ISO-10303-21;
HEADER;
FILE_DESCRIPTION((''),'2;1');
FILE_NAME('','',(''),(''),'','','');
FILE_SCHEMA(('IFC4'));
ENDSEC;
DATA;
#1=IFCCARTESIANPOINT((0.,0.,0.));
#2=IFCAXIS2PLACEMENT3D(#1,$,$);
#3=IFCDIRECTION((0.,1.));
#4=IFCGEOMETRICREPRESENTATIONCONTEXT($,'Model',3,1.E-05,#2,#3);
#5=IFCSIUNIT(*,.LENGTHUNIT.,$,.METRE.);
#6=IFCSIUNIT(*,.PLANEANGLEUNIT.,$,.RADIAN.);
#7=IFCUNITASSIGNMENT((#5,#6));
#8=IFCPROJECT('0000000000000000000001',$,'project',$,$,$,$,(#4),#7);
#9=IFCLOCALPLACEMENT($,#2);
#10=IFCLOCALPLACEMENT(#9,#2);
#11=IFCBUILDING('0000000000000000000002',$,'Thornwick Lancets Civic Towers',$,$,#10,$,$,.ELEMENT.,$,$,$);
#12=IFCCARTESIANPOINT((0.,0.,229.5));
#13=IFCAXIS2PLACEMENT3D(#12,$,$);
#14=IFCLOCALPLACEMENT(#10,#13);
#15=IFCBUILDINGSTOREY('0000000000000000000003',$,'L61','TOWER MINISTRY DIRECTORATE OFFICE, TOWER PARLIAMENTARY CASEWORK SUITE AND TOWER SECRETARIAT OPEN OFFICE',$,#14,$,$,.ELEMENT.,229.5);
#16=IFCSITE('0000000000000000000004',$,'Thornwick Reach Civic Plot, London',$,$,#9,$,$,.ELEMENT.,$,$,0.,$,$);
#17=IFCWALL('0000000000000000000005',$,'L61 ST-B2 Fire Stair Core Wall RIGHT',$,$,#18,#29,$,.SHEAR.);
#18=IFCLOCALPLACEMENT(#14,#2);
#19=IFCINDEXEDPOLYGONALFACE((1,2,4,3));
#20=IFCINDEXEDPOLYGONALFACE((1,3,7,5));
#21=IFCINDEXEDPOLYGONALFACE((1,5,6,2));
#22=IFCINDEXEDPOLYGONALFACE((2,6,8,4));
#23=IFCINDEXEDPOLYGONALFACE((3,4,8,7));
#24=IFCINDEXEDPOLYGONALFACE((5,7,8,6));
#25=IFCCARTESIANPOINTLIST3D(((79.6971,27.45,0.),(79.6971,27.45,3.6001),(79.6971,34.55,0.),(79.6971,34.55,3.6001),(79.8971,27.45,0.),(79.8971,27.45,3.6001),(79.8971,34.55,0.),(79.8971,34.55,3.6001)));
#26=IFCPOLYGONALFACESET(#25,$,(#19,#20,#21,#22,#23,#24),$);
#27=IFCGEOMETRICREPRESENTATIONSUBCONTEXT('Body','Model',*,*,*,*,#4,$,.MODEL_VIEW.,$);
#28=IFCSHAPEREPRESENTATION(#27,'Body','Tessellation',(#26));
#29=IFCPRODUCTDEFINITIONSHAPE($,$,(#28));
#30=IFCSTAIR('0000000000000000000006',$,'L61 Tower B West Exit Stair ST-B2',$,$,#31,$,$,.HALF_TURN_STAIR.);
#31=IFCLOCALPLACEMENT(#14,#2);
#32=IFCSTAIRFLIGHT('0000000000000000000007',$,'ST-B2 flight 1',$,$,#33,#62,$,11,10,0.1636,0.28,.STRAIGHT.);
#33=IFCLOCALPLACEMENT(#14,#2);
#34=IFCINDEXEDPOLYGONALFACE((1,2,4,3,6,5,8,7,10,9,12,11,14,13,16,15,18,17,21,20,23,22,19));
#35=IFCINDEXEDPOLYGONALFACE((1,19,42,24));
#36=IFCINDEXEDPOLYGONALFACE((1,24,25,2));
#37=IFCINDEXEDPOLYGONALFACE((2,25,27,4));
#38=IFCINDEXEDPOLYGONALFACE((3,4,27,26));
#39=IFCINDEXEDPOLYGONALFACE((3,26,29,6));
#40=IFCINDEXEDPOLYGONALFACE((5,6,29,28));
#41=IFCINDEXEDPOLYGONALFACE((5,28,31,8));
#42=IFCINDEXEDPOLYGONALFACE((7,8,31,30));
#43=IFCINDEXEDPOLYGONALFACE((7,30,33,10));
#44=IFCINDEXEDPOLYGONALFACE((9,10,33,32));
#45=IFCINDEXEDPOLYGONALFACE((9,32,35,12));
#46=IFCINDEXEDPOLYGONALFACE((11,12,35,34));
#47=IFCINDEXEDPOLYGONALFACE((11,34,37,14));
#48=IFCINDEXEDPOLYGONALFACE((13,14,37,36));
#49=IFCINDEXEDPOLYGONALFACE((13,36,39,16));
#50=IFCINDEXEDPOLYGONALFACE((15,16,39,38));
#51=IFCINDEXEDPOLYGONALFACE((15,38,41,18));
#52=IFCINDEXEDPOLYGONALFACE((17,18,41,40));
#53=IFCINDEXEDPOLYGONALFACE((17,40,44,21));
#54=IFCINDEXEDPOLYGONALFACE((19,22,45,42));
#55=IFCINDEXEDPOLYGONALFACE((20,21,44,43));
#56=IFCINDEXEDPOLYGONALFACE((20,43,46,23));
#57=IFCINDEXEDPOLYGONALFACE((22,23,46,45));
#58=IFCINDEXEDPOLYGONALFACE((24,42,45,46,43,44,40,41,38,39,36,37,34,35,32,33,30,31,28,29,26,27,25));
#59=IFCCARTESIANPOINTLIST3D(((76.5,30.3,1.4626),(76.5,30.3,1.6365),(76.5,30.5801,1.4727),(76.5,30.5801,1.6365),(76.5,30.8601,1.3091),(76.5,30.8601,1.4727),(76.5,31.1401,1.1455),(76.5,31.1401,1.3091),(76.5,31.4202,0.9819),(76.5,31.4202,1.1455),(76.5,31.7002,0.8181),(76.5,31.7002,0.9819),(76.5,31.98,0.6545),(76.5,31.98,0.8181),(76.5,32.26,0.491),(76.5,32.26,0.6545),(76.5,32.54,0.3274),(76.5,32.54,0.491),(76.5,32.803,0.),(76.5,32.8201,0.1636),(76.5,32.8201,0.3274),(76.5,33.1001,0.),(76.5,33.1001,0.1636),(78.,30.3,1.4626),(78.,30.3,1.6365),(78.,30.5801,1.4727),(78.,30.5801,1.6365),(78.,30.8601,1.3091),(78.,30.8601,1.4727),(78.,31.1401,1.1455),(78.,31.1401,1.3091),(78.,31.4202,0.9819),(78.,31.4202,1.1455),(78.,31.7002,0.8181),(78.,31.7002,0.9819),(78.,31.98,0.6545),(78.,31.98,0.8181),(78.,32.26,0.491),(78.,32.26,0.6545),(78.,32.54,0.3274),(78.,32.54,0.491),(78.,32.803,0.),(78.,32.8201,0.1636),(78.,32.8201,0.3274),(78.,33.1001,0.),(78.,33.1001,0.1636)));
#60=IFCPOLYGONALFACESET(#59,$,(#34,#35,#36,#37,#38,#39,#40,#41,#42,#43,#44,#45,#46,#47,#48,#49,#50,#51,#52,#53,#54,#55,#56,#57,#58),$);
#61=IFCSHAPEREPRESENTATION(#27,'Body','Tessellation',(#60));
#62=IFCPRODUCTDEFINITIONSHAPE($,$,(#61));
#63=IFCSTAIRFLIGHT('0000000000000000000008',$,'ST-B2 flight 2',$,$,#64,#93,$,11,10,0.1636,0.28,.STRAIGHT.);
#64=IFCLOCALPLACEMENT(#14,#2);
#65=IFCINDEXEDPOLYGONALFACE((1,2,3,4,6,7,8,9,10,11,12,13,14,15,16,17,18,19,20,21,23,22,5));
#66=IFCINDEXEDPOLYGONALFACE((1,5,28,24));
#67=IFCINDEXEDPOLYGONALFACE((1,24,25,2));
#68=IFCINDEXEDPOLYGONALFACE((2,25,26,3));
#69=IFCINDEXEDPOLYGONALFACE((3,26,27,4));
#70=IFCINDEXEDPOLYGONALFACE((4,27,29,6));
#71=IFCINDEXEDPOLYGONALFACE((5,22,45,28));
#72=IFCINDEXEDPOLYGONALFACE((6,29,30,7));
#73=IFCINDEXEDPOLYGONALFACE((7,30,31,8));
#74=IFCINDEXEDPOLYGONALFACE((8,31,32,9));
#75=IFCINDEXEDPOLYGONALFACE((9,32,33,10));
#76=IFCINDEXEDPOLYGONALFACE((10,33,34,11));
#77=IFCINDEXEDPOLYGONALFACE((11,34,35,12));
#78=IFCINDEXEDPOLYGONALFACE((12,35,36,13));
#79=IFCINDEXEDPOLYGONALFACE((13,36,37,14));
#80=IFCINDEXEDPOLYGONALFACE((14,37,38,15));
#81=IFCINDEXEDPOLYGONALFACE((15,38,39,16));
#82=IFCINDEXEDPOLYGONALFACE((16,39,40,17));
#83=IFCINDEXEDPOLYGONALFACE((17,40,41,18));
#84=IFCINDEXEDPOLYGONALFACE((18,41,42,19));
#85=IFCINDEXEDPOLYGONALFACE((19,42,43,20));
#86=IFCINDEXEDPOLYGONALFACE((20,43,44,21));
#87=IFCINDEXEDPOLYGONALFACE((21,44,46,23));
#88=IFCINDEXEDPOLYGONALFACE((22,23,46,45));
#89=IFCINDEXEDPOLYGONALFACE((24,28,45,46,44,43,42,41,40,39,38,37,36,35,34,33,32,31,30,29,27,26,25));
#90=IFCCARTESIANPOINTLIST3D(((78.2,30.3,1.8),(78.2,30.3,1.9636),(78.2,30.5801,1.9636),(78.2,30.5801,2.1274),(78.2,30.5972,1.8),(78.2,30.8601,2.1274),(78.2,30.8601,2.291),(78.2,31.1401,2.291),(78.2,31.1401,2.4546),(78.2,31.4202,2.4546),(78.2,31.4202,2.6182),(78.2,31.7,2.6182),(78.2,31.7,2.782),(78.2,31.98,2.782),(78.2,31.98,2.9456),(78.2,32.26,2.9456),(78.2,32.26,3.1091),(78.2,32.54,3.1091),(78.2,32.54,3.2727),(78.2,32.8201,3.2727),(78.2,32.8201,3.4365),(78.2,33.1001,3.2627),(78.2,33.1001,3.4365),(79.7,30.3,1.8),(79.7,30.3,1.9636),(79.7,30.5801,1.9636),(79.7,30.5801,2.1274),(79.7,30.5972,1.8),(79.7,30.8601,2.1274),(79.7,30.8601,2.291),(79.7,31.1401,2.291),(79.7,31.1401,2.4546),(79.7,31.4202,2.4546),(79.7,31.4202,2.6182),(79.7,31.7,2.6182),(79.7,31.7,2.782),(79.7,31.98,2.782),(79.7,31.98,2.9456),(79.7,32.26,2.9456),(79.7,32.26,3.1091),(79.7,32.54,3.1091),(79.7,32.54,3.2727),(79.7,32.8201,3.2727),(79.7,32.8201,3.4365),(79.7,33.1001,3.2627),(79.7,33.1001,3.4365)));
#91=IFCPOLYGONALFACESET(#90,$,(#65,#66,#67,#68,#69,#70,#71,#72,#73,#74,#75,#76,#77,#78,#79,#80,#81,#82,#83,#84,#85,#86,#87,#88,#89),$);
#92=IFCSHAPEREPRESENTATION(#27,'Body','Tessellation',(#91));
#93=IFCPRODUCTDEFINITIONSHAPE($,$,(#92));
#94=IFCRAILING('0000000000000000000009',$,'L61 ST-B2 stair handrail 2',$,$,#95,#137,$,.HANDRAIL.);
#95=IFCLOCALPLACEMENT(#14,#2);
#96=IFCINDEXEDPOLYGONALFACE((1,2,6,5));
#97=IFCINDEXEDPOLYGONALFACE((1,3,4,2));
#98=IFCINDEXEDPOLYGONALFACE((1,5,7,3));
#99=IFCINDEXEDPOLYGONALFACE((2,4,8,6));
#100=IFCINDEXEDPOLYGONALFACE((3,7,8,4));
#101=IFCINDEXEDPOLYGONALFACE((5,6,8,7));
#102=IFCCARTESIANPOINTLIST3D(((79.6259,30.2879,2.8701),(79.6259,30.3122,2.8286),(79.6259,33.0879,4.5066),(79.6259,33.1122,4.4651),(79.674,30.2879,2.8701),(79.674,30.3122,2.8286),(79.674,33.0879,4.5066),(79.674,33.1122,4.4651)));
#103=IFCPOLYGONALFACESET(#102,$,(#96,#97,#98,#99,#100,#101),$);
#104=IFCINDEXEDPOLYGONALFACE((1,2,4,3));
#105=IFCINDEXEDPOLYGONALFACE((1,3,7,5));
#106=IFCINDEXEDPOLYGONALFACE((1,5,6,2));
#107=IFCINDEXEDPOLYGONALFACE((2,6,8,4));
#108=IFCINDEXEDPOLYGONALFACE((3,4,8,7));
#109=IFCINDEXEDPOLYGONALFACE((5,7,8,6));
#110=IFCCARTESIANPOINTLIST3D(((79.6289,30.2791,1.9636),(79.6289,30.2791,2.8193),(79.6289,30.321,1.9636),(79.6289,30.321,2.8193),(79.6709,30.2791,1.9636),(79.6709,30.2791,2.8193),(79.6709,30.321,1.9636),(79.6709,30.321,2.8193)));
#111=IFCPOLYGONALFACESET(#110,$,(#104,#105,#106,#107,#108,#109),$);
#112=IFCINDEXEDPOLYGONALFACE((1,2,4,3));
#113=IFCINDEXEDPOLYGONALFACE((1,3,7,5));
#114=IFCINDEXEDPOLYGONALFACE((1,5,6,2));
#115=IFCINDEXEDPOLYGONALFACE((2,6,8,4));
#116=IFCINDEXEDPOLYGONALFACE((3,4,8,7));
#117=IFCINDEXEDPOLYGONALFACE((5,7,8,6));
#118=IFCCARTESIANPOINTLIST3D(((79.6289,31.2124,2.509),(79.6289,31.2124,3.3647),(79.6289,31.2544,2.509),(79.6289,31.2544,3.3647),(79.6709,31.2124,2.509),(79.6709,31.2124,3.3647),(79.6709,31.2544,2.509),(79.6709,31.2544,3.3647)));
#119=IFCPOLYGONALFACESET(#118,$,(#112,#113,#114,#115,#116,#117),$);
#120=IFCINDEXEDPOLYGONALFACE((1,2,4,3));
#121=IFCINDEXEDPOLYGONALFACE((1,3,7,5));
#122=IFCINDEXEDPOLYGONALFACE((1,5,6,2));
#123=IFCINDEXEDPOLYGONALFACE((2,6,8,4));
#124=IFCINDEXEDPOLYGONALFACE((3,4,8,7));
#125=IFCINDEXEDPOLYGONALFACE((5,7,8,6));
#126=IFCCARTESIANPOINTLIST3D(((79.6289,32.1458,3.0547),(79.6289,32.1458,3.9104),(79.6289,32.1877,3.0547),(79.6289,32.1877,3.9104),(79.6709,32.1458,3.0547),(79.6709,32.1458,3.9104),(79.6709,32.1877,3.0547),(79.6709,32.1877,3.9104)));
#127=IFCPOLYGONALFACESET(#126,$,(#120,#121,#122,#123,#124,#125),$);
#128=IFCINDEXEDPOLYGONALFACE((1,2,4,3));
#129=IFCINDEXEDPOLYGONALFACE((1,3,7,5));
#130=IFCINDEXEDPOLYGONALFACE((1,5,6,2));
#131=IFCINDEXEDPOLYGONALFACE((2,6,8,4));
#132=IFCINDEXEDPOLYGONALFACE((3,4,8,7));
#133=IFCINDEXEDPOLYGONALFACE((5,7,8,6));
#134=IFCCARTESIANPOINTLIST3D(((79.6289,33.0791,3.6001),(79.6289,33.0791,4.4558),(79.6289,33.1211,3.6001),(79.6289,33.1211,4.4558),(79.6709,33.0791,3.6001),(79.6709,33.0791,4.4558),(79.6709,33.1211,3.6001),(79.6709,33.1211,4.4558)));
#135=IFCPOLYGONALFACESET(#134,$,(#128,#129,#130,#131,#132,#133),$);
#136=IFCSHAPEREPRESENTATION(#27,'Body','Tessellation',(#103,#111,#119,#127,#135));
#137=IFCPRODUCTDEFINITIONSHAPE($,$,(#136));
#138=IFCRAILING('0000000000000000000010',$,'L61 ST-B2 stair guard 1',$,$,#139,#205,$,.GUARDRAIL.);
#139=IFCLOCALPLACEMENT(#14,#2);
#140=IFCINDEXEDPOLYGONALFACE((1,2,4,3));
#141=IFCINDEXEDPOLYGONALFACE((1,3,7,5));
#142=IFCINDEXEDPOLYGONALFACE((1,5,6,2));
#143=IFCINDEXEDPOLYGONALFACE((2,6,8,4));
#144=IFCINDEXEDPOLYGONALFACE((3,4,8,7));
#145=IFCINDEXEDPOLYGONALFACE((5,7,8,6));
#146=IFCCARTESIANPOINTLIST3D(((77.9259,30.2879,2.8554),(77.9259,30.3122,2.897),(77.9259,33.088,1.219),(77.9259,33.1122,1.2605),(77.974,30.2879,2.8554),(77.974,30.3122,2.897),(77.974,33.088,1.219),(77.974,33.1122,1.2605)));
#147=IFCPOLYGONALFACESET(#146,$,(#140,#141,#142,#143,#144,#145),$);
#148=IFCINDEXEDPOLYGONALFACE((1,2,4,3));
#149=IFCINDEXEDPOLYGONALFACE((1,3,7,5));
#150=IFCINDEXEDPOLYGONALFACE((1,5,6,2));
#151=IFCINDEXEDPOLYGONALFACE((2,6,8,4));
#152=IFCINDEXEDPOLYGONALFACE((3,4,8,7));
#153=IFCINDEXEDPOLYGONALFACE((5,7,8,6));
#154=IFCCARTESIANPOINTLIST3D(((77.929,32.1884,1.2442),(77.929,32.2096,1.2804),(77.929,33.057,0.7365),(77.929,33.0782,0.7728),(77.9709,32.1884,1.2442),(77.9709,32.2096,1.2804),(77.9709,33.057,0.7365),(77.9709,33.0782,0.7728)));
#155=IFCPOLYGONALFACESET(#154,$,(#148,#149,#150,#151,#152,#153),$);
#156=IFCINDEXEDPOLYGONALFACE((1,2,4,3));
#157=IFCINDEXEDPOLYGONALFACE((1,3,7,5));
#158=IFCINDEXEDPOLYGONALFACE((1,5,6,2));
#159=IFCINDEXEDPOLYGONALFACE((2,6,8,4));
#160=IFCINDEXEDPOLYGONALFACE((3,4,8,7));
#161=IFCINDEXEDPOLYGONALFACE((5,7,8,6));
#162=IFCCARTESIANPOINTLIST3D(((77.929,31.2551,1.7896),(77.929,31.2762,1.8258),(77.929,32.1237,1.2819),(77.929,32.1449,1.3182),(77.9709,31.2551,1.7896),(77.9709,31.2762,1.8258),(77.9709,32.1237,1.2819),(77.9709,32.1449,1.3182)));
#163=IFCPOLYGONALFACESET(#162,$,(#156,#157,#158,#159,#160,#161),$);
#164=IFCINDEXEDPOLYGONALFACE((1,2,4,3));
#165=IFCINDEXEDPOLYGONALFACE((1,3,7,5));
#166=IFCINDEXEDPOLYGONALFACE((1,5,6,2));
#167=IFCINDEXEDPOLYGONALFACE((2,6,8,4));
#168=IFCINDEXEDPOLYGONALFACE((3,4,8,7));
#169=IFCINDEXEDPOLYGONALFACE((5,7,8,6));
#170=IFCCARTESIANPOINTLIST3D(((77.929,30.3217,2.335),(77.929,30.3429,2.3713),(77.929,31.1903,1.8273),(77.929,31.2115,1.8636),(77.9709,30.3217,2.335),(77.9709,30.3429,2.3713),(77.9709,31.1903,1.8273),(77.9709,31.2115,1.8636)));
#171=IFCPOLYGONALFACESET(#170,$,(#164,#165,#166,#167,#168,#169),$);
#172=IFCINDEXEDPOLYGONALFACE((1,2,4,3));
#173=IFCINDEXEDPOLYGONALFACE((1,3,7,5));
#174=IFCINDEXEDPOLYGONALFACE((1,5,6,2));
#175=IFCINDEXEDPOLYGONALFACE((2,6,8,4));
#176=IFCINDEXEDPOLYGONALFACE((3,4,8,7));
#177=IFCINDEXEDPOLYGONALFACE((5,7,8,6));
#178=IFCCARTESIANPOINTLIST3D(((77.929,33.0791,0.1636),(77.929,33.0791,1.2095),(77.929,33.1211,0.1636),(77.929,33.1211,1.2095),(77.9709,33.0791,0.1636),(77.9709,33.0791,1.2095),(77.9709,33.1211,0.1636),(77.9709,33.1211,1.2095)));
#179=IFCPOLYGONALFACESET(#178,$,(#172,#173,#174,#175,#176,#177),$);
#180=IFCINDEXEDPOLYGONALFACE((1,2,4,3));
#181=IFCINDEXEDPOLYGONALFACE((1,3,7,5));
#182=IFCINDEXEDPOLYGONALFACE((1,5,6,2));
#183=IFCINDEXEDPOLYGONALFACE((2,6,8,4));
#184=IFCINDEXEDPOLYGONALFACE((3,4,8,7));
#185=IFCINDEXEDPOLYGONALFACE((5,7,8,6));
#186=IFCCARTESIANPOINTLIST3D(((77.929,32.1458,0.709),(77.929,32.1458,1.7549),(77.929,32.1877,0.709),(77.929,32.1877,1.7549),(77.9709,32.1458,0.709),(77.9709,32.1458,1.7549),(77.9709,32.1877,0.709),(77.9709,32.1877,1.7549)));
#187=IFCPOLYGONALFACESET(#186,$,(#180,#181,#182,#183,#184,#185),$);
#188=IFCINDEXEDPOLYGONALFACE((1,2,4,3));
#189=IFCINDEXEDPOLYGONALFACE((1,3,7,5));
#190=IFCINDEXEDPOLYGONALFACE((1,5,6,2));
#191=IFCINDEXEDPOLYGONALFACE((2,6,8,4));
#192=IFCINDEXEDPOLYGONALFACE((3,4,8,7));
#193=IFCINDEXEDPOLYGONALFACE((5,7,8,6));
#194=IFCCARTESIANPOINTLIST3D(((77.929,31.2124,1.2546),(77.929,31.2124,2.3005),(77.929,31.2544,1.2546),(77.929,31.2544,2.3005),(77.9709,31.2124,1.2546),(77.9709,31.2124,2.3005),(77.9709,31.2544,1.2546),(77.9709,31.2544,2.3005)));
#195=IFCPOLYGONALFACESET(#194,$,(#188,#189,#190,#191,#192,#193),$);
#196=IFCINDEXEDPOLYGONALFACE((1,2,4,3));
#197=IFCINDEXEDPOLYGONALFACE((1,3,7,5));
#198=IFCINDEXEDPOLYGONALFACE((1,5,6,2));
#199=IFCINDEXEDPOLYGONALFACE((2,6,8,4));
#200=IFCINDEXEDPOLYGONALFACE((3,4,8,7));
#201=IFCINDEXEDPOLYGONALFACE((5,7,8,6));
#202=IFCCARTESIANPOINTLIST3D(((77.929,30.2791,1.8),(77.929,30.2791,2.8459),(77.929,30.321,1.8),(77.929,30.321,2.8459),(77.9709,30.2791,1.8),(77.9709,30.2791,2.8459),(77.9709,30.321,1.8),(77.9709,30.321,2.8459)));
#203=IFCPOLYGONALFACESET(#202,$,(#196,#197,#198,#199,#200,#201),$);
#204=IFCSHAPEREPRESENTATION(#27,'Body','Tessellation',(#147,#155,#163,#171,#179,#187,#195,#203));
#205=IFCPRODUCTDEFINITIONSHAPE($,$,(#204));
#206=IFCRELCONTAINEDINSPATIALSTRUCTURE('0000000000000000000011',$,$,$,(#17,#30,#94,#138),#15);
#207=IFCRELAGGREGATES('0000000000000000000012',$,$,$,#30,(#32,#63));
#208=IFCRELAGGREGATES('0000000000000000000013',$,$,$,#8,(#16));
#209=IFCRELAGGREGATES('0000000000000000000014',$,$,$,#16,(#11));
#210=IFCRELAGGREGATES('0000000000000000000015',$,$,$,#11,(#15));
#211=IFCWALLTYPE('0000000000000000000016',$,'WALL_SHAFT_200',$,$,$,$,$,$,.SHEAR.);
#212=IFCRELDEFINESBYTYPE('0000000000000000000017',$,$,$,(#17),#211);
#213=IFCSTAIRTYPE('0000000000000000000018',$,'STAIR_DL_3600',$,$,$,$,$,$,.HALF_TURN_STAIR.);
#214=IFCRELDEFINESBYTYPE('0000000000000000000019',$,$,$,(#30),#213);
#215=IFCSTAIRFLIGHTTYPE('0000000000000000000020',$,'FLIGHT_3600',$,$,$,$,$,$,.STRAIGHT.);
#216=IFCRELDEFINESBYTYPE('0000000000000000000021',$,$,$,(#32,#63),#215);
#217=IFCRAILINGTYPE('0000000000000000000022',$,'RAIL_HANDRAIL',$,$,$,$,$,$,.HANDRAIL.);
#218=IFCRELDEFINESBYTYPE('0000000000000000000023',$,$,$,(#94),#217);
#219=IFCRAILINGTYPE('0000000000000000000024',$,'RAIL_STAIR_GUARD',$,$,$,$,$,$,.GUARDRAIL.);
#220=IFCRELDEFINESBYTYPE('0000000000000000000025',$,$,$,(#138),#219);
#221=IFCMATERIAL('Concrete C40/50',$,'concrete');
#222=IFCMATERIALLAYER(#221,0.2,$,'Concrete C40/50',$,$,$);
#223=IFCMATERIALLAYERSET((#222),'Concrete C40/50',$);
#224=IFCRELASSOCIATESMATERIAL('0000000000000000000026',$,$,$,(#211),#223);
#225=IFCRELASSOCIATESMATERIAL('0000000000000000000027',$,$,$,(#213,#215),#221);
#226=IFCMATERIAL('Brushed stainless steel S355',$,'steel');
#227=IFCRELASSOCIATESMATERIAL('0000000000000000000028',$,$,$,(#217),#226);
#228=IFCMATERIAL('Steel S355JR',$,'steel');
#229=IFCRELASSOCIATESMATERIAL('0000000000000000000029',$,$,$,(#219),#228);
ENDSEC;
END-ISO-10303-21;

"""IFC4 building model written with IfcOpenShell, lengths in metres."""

from ifc_helpers import new_model, si_unit, direction, frame, frame_2d, origin, origin_2d, place, context, subcontext, project, spatial, polyline, rectangle, outline, extrude, material, layer, layer_set, type_object, element, aggregate, save


model = new_model("IFC4")

# Units and contexts
model_context = context("Model", 3, precision=1e-05, world=origin(), true_north=direction((0.0, 1.0)))
body_context = subcontext(model_context, "Body", "Model", "MODEL_VIEW")
ifc_project = project(units=[si_unit("LENGTHUNIT", "METRE"), si_unit("PLANEANGLEUNIT", "RADIAN")], contexts=[model_context])

# Site, building, storey
site_placement = place(None, origin())
site = spatial("IfcSite", under=ifc_project, at=site_placement, Name="Thornwick Reach Civic Plot, London", CompositionType="ELEMENT", RefElevation=0.0)
building_placement = place(site_placement, origin())
building = spatial("IfcBuilding", under=site, at=building_placement, Name="Thornwick Lancets Civic Towers", CompositionType="ELEMENT")
storey_placement = place(building_placement, frame((0.0, 0.0, 229.5)))
storey = spatial("IfcBuildingStorey", under=building, at=storey_placement, Name="L61", Description="TOWER MINISTRY DIRECTORATE OFFICE, TOWER PARLIAMENTARY CASEWORK SUITE AND TOWER SECRETARIAT OPEN OFFICE", CompositionType="ELEMENT", Elevation=229.5)

# Shared definitions
ifc_material_1 = material(Name="Steel S355JR", Category="steel")

# Wall
ifc_material_2 = material(Name="Concrete C40/50", Category="concrete")
ifc_layer_1 = layer(ifc_material_2, 0.2, Name="Concrete C40/50")
ifc_layer_set_1 = layer_set([ifc_layer_1], Name="Concrete C40/50")
wall_type_1 = type_object("IfcWallType", Name="WALL_SHAFT_200", PredefinedType="SHEAR", material=ifc_layer_set_1)
wall_1_placement = place(storey_placement, frame((79.7971, 27.45, 0.0), z_axis=(0.0, 0.0, 1.0), x_axis=(0.0, 1.0, 0.0)))
element("IfcWall", 1, at=wall_1_placement, inside=storey, type_object=wall_type_1, Name="L61 ST-B2 Fire Stair Core Wall RIGHT", PredefinedType="SHEAR", context=body_context, shape_type="SweptSolid", body=[
    extrude(rectangle(XDim=7.1001, YDim=0.2, at=frame_2d((3.55, 0.0))), origin(), (0.0, 0.0, 1.0), 3.6001),
])

# Stair, stair flights
stair_type = type_object("IfcStairType", Name="STAIR_DL_3600", PredefinedType="HALF_TURN_STAIR", material=ifc_material_2)
stair_placement = place(storey_placement, origin())
stair = element("IfcStair", 2, at=stair_placement, inside=storey, type_object=stair_type, Name="L61 Tower B West Exit Stair ST-B2", PredefinedType="HALF_TURN_STAIR")
stair_flight_type = type_object("IfcStairFlightType", Name="FLIGHT_3600", PredefinedType="STRAIGHT", material=ifc_material_2)
stair_flight_1_placement = place(storey_placement, frame((77.25, 33.1001, 0.0), z_axis=(0.0, 0.0, 1.0), x_axis=(0.0, -1.0, 0.0)))
stair_flight_1 = element("IfcStairFlight", 3, at=stair_flight_1_placement, type_object=stair_flight_type, Name="ST-B2 flight 1", NumberOfRisers=11, NumberOfTreads=10, PredefinedType="STRAIGHT", RiserHeight=0.1636, TreadLength=0.28, context=body_context, shape_type="SweptSolid", body=[
    extrude(outline(polyline([(0.0, 0.0), (0.0, 0.1636), (0.28, 0.1636), (0.28, 0.3274), (0.5601, 0.3274), (0.5601, 0.491), (0.8401, 0.491), (0.8401, 0.6545), (1.1201, 0.6545), (1.1201, 0.8181), (1.3999, 0.8181), (1.3999, 0.9819), (1.6799, 0.9819), (1.6799, 1.1455), (1.96, 1.1455), (1.96, 1.3091), (2.24, 1.3091), (2.24, 1.4727), (2.52, 1.4727), (2.52, 1.6365), (2.8, 1.6365), (2.8, 1.8), (2.8, 1.4626), (0.2971, 0.0), (0.0, 0.0)])), frame((0.0, 0.75, 0.0), z_axis=(0.0, -1.0, 0.0), x_axis=(1.0, 0.0, 0.0)), (0.0, 0.0, 1.0), 1.5),
])
stair_flight_2_placement = place(storey_placement, frame((78.95, 30.3, 1.8), z_axis=(0.0, 0.0, 1.0), x_axis=(0.0, 1.0, 0.0)))
stair_flight_2 = element("IfcStairFlight", 4, at=stair_flight_2_placement, type_object=stair_flight_type, Name="ST-B2 flight 2", NumberOfRisers=11, NumberOfTreads=10, PredefinedType="STRAIGHT", RiserHeight=0.1636, TreadLength=0.28, context=body_context, shape_type="SweptSolid", body=[
    extrude(outline(polyline([(0.0, 0.0), (0.0, 0.1636), (0.28, 0.1636), (0.28, 0.3274), (0.5601, 0.3274), (0.5601, 0.491), (0.8401, 0.491), (0.8401, 0.6545), (1.1201, 0.6545), (1.1201, 0.8181), (1.3999, 0.8181), (1.3999, 0.9819), (1.6799, 0.9819), (1.6799, 1.1455), (1.96, 1.1455), (1.96, 1.3091), (2.24, 1.3091), (2.24, 1.4727), (2.52, 1.4727), (2.52, 1.6365), (2.8, 1.6365), (2.8, 1.8), (2.8, 1.4626), (0.2971, 0.0), (0.0, 0.0)])), frame((0.0, 0.75, 0.0), z_axis=(0.0, -1.0, 0.0), x_axis=(1.0, 0.0, 0.0)), (0.0, 0.0, 1.0), 1.5),
])
aggregate(stair, [stair_flight_1, stair_flight_2])

# Railings
ifc_material_3 = material(Name="Brushed stainless steel S355", Category="steel")
railing_type_1 = type_object("IfcRailingType", Name="RAIL_HANDRAIL", PredefinedType="HANDRAIL", material=ifc_material_3)
railing_1_placement = place(storey_placement, frame((79.6499, 30.3, 1.9636)))
element("IfcRailing", 5, at=railing_1_placement, inside=storey, type_object=railing_type_1, Name="L61 ST-B2 stair handrail 2", PredefinedType="HANDRAIL", context=body_context, shape_type="SweptSolid", body=[
    extrude(rectangle(XDim=0.0481, YDim=0.0481, at=origin_2d()), frame((0.0, 0.0, 0.8857), z_axis=(0.0, 0.863361, 0.504587), x_axis=(-1.0, 0.0, 0.0)), (0.0, 0.0, 1.0), 3.2432),
    extrude(rectangle(XDim=0.042, YDim=0.042, at=origin_2d()), origin(), (0.0, 0.0, 1.0), 0.8557),
    extrude(rectangle(XDim=0.042, YDim=0.042, at=origin_2d()), frame((0.0, 0.9333, 0.5454)), (0.0, 0.0, 1.0), 0.8557),
    extrude(rectangle(XDim=0.042, YDim=0.042, at=origin_2d()), frame((0.0, 1.8667, 1.0911)), (0.0, 0.0, 1.0), 0.8557),
    extrude(rectangle(XDim=0.042, YDim=0.042, at=origin_2d()), frame((0.0, 2.8, 1.6365)), (0.0, 0.0, 1.0), 0.8557),
])
railing_type_2 = type_object("IfcRailingType", Name="RAIL_STAIR_GUARD", PredefinedType="GUARDRAIL", material=ifc_material_1)
railing_2_placement = place(storey_placement, frame((77.95, 33.1001, 0.1636)))
element("IfcRailing", 6, at=railing_2_placement, inside=storey, type_object=railing_type_2, Name="L61 ST-B2 stair guard 1", PredefinedType="GUARDRAIL", context=body_context, shape_type="SweptSolid", body=[
    extrude(rectangle(XDim=0.0481, YDim=0.0481, at=origin_2d()), frame((0.0, 0.0, 1.0762), z_axis=(0.0, -0.863361, 0.504587), x_axis=(1.0, 0.0, 0.0)), (0.0, 0.0, 1.0), 3.2432),
    extrude(rectangle(XDim=0.042, YDim=0.042, at=origin_2d()), frame((0.0, -0.0325, 0.5911), z_axis=(0.0, -0.863361, 0.504587), x_axis=(1.0, 0.0, 0.0)), (0.0, 0.0, 1.0), 1.0061),
    extrude(rectangle(XDim=0.042, YDim=0.042, at=origin_2d()), frame((0.0, -0.9658, 1.1365), z_axis=(0.0, -0.863361, 0.504587), x_axis=(1.0, 0.0, 0.0)), (0.0, 0.0, 1.0), 1.0061),
    extrude(rectangle(XDim=0.042, YDim=0.042, at=origin_2d()), frame((0.0, -1.8992, 1.6819), z_axis=(0.0, -0.863361, 0.504587), x_axis=(1.0, 0.0, 0.0)), (0.0, 0.0, 1.0), 1.0061),
    extrude(rectangle(XDim=0.042, YDim=0.042, at=origin_2d()), origin(), (0.0, 0.0, 1.0), 1.0459),
    extrude(rectangle(XDim=0.042, YDim=0.042, at=origin_2d()), frame((0.0, -0.9333, 0.5454)), (0.0, 0.0, 1.0), 1.0459),
    extrude(rectangle(XDim=0.042, YDim=0.042, at=origin_2d()), frame((0.0, -1.8667, 1.0911)), (0.0, 0.0, 1.0), 1.0459),
    extrude(rectangle(XDim=0.042, YDim=0.042, at=origin_2d()), frame((0.0, -2.8, 1.6365)), (0.0, 0.0, 1.0), 1.0459),
])

save(model, "model.ifc")
